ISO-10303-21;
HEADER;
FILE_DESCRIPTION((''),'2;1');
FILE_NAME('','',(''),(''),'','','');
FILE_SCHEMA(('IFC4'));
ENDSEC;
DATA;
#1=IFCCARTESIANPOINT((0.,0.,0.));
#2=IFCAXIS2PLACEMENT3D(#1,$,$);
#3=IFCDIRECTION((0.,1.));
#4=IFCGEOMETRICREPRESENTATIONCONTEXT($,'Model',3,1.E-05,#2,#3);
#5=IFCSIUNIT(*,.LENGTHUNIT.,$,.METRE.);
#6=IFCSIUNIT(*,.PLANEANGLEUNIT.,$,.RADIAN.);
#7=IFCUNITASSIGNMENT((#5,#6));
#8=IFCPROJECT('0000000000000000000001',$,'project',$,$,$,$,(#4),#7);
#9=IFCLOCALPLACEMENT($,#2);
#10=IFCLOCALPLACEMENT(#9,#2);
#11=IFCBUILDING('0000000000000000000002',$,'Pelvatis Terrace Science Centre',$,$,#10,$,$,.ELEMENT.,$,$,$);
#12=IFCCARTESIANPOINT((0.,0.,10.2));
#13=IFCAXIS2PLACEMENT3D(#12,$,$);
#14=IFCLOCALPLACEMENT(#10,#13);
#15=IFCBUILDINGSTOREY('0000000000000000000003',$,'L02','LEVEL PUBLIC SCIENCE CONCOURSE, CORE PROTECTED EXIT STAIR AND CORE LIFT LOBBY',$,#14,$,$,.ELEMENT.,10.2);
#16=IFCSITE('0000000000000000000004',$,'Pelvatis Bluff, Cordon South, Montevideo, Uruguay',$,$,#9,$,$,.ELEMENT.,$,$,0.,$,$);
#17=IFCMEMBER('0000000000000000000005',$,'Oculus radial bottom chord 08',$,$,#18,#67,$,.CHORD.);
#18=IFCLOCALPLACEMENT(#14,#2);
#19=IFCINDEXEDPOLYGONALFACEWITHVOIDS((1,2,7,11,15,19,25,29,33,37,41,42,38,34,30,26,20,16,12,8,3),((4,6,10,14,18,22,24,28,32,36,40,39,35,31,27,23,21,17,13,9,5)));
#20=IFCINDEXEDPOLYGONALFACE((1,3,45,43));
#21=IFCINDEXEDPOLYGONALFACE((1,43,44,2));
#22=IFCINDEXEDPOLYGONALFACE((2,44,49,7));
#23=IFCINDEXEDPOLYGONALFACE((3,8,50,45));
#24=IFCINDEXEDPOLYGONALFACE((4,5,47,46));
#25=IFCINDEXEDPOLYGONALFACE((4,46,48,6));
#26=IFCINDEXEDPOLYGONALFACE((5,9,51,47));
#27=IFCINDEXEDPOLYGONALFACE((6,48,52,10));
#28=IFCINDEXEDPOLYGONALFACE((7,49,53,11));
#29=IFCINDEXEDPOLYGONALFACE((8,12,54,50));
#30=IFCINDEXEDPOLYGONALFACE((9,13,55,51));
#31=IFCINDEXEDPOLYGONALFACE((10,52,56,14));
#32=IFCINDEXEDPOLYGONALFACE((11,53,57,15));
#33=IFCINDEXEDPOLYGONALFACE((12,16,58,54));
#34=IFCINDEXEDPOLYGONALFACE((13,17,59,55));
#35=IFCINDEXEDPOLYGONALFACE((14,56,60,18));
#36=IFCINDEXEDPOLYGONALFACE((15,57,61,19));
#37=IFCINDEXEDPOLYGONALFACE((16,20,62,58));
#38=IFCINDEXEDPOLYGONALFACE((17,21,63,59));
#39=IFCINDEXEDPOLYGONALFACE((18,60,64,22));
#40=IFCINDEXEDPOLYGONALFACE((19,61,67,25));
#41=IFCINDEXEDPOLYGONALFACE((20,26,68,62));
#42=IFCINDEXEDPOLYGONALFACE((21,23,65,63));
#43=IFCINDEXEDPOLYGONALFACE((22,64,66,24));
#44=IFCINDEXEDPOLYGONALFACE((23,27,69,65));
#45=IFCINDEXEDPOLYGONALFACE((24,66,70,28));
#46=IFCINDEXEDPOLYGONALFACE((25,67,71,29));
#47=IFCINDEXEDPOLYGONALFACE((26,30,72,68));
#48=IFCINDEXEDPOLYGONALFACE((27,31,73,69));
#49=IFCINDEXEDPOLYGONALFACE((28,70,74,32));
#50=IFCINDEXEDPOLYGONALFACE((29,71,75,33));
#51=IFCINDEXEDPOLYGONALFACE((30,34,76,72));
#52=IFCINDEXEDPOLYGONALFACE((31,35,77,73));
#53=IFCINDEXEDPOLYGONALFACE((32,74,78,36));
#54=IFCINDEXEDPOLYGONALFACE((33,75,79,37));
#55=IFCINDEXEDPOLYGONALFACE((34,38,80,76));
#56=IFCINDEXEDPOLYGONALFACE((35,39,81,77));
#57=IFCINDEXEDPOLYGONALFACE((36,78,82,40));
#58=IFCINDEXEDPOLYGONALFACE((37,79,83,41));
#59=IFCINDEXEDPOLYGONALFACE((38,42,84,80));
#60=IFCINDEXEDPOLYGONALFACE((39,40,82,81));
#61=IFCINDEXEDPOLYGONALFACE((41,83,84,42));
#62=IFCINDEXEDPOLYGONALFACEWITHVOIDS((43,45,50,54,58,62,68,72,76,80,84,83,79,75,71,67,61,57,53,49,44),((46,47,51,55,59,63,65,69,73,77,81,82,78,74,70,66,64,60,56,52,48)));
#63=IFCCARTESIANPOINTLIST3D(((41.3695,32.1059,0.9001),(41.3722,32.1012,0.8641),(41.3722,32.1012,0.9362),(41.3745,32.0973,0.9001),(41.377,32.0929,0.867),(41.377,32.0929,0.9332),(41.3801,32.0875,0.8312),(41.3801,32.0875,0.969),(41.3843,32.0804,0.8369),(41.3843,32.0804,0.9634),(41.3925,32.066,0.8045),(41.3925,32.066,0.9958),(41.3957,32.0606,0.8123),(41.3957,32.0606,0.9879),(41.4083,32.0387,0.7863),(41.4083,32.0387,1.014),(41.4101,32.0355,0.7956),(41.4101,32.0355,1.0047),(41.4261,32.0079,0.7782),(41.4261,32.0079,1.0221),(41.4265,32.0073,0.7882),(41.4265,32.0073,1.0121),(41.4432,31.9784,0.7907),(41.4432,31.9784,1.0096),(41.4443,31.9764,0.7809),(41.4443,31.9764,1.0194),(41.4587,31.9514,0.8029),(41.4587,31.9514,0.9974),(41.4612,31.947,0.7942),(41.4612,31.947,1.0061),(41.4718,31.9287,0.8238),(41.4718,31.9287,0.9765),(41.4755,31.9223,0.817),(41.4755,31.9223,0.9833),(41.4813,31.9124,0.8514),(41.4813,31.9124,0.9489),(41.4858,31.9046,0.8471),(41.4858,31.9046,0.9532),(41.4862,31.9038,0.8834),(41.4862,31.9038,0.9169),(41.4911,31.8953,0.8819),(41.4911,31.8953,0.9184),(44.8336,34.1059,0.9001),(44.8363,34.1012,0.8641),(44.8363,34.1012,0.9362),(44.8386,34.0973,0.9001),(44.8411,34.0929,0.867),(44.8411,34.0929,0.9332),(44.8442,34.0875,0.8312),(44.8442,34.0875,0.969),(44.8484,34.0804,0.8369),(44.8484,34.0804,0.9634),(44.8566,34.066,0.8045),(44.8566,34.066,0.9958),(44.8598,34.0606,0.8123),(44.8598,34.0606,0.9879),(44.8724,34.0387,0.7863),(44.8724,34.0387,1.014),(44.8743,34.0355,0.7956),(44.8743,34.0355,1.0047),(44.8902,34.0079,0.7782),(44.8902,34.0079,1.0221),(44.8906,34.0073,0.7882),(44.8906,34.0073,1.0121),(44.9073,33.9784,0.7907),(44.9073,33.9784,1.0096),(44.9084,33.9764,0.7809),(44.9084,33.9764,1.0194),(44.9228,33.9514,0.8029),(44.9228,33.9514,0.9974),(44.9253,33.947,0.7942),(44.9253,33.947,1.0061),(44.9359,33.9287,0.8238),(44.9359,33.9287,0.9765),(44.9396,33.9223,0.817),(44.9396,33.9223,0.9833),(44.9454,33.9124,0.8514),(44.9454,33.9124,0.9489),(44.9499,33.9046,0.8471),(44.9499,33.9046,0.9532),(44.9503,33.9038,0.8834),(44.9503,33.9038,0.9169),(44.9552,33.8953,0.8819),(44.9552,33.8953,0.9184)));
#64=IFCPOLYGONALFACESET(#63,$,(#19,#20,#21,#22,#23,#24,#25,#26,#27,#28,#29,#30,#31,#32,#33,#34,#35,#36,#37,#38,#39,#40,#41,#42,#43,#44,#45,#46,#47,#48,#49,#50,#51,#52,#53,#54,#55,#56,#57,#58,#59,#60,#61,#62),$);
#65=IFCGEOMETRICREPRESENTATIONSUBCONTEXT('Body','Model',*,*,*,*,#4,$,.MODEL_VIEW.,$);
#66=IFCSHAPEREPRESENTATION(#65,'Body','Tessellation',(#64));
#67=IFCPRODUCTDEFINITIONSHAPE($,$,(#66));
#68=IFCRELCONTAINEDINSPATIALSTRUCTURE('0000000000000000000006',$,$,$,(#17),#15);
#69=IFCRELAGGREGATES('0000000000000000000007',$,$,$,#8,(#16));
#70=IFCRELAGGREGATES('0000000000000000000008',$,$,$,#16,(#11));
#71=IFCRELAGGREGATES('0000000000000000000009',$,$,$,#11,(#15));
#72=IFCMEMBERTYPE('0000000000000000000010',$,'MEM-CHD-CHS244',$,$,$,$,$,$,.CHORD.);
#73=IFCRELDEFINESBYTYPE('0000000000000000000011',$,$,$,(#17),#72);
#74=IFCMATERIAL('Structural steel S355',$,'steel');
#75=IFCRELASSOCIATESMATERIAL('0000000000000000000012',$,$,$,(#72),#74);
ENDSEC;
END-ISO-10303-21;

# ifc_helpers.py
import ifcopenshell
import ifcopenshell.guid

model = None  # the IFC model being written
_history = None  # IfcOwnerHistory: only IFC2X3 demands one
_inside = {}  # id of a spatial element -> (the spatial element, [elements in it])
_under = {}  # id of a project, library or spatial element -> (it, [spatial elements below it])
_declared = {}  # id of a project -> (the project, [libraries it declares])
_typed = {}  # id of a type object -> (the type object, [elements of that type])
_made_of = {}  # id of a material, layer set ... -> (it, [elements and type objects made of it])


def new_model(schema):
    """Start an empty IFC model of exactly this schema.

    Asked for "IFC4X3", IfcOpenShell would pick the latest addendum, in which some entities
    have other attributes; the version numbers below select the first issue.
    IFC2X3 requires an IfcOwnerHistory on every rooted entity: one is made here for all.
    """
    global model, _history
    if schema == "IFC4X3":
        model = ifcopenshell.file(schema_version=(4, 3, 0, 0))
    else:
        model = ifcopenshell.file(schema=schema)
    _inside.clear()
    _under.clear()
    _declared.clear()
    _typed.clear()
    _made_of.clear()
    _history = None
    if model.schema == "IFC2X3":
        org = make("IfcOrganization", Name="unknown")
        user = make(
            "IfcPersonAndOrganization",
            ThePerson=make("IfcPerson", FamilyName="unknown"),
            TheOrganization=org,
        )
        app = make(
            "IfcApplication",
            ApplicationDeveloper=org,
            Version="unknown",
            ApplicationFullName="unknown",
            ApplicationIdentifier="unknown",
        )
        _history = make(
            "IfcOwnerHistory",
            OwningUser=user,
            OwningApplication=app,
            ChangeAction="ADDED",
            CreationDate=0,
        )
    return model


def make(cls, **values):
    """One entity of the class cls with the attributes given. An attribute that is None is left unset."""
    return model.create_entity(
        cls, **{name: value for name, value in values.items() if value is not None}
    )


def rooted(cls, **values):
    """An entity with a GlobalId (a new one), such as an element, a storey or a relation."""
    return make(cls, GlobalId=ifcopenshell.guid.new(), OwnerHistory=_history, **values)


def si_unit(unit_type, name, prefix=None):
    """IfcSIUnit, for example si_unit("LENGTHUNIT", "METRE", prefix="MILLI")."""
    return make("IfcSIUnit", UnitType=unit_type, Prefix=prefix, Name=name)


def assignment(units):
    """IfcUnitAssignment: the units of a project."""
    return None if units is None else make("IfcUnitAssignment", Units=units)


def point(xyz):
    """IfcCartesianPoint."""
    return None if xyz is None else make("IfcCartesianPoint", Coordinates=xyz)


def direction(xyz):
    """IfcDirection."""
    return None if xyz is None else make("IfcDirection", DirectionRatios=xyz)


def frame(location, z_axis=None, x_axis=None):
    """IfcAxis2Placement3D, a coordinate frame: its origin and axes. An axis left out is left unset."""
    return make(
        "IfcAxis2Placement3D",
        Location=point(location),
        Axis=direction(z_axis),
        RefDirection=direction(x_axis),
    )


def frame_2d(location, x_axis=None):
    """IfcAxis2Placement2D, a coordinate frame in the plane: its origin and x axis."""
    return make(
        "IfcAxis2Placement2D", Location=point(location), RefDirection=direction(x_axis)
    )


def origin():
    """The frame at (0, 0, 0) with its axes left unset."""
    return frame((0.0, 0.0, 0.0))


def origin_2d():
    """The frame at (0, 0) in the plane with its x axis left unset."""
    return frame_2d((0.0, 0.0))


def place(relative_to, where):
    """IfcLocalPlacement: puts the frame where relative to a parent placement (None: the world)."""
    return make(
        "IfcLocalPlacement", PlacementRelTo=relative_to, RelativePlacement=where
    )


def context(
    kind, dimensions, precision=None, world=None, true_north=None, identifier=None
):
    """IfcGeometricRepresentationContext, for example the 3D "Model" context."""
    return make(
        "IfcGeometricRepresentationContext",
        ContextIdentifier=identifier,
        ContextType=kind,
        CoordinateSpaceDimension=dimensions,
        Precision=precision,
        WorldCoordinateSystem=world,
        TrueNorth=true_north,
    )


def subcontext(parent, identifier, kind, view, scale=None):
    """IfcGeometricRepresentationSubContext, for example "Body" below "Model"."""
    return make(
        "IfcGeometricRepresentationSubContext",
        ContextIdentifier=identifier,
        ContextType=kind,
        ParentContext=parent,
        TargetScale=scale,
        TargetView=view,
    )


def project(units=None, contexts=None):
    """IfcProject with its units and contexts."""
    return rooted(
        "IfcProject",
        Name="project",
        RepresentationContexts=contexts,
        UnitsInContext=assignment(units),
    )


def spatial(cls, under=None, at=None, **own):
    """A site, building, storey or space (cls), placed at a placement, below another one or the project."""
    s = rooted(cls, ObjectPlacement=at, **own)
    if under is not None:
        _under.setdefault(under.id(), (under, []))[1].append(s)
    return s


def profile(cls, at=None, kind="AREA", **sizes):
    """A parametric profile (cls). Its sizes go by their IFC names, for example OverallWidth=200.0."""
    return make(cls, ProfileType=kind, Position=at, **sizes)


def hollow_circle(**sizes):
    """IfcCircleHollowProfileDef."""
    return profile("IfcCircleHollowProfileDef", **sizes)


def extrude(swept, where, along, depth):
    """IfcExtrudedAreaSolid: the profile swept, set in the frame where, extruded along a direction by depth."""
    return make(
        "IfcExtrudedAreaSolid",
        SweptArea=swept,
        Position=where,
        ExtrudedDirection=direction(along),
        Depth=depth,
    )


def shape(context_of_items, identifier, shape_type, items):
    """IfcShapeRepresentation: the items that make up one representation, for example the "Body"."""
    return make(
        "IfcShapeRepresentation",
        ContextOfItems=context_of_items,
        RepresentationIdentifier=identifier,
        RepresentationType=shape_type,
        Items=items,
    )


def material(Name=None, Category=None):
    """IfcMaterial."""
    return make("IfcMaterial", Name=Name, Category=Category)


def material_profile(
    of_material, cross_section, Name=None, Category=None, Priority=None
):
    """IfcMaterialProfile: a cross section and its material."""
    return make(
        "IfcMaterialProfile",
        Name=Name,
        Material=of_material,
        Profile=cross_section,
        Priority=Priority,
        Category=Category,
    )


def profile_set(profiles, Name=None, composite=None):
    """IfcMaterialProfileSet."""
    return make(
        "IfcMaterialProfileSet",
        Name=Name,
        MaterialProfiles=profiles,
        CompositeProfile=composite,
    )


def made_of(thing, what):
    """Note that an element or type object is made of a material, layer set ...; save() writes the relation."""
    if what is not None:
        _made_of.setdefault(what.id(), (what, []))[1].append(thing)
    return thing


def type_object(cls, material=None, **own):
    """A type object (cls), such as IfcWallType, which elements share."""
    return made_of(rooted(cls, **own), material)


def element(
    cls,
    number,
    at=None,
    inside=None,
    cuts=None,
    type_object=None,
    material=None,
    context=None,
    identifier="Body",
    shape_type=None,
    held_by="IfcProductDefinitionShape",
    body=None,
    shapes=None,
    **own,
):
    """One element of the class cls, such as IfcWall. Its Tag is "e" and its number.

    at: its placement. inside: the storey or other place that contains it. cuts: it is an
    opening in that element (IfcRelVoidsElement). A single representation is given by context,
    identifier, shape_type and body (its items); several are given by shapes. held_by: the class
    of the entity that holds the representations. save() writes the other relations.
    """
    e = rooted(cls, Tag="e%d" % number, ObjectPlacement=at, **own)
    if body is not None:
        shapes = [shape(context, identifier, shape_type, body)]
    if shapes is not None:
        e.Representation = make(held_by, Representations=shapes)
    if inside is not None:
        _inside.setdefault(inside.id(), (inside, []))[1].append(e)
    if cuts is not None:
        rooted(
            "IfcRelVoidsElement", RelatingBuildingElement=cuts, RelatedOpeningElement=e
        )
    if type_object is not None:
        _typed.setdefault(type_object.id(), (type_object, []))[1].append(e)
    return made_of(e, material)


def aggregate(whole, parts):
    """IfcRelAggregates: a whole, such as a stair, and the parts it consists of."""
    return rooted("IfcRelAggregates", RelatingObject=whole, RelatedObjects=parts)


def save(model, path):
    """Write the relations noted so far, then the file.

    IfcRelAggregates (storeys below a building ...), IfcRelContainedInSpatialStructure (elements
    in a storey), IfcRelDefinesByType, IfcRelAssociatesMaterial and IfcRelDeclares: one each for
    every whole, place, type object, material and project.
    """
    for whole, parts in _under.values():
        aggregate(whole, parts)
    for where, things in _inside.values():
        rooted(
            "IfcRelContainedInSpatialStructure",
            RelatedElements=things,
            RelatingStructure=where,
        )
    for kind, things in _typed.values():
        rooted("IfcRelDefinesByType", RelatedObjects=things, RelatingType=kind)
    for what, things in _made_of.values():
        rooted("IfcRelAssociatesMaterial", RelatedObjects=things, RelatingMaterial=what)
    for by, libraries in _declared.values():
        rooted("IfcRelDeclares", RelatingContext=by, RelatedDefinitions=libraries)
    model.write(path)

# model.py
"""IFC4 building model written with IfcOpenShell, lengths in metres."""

from ifc_helpers import new_model, si_unit, direction, frame, origin, origin_2d, place, context, subcontext, project, spatial, hollow_circle, extrude, material, material_profile, profile_set, type_object, element, save


model = new_model("IFC4")

# Units and contexts
model_context = context("Model", 3, precision=1e-05, world=origin(), true_north=direction((0.0, 1.0)))
body_context = subcontext(model_context, "Body", "Model", "MODEL_VIEW")
ifc_project = project(units=[si_unit("LENGTHUNIT", "METRE"), si_unit("PLANEANGLEUNIT", "RADIAN")], contexts=[model_context])

# Site, building, storey
site_placement = place(None, origin())
site = spatial("IfcSite", under=ifc_project, at=site_placement, Name="Pelvatis Bluff, Cordon South, Montevideo, Uruguay", CompositionType="ELEMENT", RefElevation=0.0)
building_placement = place(site_placement, origin())
building = spatial("IfcBuilding", under=site, at=building_placement, Name="Pelvatis Terrace Science Centre", CompositionType="ELEMENT")
storey_placement = place(building_placement, frame((0.0, 0.0, 10.2)))
storey = spatial("IfcBuildingStorey", under=building, at=storey_placement, Name="L02", Description="LEVEL PUBLIC SCIENCE CONCOURSE, CORE PROTECTED EXIT STAIR AND CORE LIFT LOBBY", CompositionType="ELEMENT", Elevation=10.2)

# Member
ifc_material_1 = material(Name="Structural steel S355", Category="steel")
ifc_material_profile_1 = material_profile(ifc_material_1, hollow_circle(Radius=0.1223, WallThickness=0.01, at=origin_2d()), Name="CHS 244.5x10.0")
ifc_profile_set_1 = profile_set([ifc_material_profile_1], Name="Structural steel S355")
member_type_1 = type_object("IfcMemberType", Name="MEM-CHD-CHS244", PredefinedType="CHORD", material=ifc_profile_set_1)
for number, where, z_axis, x_axis, name in (
    (1, (41.4307, 32.0, 0.9001), (0.866026, 0.499999, 0.0), (-0.499999, 0.866026, 0.0), "Oculus radial bottom chord 08"),
):
    element("IfcMember", number, at=place(storey_placement, frame(where, z_axis=z_axis, x_axis=x_axis)), inside=storey, type_object=member_type_1, Name=name, PredefinedType="CHORD", context=body_context, shape_type="SweptSolid", body=[
        extrude(hollow_circle(Radius=0.1223, WallThickness=0.01, at=origin_2d()), origin(), (0.0, 0.0, 1.0), 4.0),
    ])

save(model, "model.ifc")
